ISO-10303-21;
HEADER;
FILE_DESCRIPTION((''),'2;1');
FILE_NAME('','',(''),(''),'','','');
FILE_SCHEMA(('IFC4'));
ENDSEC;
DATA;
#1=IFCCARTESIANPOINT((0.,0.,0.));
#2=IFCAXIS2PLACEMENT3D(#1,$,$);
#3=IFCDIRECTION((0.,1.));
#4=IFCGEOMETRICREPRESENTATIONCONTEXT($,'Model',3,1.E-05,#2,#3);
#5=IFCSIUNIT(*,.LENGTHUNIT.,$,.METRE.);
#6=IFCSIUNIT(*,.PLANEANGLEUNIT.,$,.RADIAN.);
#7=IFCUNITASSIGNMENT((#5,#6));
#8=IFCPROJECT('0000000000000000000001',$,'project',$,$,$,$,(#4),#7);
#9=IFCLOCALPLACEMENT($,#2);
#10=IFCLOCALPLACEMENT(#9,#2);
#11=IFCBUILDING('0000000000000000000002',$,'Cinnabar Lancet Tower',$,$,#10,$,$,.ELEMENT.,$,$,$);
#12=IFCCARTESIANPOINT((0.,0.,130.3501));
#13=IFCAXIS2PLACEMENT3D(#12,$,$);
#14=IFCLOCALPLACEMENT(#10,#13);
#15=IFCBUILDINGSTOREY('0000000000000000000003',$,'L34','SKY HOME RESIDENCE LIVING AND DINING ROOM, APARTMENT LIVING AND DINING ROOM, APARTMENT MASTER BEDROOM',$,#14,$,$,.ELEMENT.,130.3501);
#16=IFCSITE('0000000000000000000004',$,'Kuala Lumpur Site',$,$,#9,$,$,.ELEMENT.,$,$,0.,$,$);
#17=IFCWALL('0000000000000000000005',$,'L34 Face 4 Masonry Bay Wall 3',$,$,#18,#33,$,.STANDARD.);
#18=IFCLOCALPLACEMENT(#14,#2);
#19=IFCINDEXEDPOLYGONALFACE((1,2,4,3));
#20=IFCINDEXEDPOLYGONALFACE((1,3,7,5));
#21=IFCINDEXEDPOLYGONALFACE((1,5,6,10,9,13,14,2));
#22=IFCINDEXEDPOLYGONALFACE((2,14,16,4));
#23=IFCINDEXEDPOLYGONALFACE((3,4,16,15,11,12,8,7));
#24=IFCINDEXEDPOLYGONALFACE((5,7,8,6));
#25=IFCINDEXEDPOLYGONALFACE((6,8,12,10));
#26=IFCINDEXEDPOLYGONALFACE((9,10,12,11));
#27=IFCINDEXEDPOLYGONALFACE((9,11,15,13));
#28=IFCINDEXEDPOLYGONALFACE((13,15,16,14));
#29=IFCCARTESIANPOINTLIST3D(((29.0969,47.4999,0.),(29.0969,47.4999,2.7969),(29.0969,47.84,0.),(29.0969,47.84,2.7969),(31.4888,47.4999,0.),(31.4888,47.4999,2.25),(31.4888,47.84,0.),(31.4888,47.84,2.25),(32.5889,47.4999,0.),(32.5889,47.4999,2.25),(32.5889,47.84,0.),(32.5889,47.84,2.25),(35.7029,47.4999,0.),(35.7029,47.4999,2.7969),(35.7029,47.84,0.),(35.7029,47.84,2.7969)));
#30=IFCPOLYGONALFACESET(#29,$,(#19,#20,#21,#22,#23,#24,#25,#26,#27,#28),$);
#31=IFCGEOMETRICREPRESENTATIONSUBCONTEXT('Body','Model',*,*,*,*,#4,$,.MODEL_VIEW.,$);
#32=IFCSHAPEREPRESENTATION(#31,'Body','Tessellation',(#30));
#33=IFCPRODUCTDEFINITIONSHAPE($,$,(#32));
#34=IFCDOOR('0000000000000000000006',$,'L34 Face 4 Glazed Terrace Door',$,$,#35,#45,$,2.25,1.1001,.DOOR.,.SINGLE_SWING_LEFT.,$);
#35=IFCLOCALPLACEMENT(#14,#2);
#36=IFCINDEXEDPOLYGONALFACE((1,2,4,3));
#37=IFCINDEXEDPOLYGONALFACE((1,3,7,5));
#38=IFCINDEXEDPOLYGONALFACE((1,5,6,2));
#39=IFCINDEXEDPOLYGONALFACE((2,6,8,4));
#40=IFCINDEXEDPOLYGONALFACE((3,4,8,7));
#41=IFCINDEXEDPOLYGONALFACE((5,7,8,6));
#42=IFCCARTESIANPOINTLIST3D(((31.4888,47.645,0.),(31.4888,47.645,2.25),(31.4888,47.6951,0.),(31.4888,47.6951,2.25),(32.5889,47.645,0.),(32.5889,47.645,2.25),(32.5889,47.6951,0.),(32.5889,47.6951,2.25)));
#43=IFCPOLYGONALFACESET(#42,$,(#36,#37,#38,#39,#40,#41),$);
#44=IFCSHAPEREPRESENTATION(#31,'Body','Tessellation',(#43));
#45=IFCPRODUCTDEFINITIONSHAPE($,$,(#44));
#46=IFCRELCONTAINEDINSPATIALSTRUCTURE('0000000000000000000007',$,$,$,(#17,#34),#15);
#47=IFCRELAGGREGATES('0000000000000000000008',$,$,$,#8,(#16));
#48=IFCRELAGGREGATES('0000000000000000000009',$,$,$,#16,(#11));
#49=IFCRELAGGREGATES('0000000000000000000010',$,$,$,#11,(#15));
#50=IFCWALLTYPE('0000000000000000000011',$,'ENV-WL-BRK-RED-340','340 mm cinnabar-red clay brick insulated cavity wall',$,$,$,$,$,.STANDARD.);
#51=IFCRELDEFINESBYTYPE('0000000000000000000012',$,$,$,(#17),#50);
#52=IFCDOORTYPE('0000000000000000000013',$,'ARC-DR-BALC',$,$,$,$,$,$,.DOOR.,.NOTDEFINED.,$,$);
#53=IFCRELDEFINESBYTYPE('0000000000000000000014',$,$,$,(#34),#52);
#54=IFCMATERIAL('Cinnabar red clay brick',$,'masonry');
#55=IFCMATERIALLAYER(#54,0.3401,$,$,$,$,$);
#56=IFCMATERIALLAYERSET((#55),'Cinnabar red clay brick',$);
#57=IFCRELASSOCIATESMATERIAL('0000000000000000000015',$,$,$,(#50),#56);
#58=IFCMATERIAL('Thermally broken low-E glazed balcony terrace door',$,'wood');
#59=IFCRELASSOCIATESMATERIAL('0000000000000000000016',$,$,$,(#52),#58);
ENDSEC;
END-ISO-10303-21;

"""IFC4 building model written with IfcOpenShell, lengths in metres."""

from ifc_helpers import new_model, si_unit, direction, frame, frame_2d, origin, place, context, subcontext, project, spatial, rectangle, extrude, material, layer, layer_set, type_object, element, fill, save


model = new_model("IFC4")

# Units and contexts
model_context = context("Model", 3, precision=1e-05, world=origin(), true_north=direction((0.0, 1.0)))
body_context = subcontext(model_context, "Body", "Model", "MODEL_VIEW")
ifc_project = project(units=[si_unit("LENGTHUNIT", "METRE"), si_unit("PLANEANGLEUNIT", "RADIAN")], contexts=[model_context])

# Site, building, storey
site_placement = place(None, origin())
site = spatial("IfcSite", under=ifc_project, at=site_placement, Name="Kuala Lumpur Site", CompositionType="ELEMENT", RefElevation=0.0)
building_placement = place(site_placement, origin())
building = spatial("IfcBuilding", under=site, at=building_placement, Name="Cinnabar Lancet Tower", CompositionType="ELEMENT")
storey_placement = place(building_placement, frame((0.0, 0.0, 130.3501)))
storey = spatial("IfcBuildingStorey", under=building, at=storey_placement, Name="L34", Description="SKY HOME RESIDENCE LIVING AND DINING ROOM, APARTMENT LIVING AND DINING ROOM, APARTMENT MASTER BEDROOM", CompositionType="ELEMENT", Elevation=130.3501)

# Shared definitions
ifc_material_1 = material(Name="Cinnabar red clay brick", Category="masonry")
ifc_layer_1 = layer(ifc_material_1, 0.3401)
ifc_layer_set_1 = layer_set([ifc_layer_1], Name="Cinnabar red clay brick")
wall_type_1 = type_object("IfcWallType", Name="ENV-WL-BRK-RED-340", Description="340 mm cinnabar-red clay brick insulated cavity wall", PredefinedType="STANDARD", material=ifc_layer_set_1)

# Wall, opening, door
wall_1_placement = place(storey_placement, frame((35.7029, 47.6699, 0.0), z_axis=(0.0, 0.0, 1.0), x_axis=(-1.0, 0.0, 0.0)))
wall_1 = element("IfcWall", 1, at=wall_1_placement, inside=storey, type_object=wall_type_1, Name="L34 Face 4 Masonry Bay Wall 3", PredefinedType="STANDARD", context=body_context, shape_type="SweptSolid", body=[
    extrude(rectangle(XDim=6.606, YDim=0.3401, at=frame_2d((3.303, 0.0))), origin(), (0.0, 0.0, 1.0), 2.7969),
])
opening_1_placement = place(wall_1_placement, frame((3.114, 0.0, 0.0)))
opening_1 = element("IfcOpeningElement", 2, at=opening_1_placement, cuts=wall_1, PredefinedType="OPENING", context=body_context, shape_type="SweptSolid", body=[
    extrude(rectangle(XDim=1.1001, YDim=2.25, at=frame_2d((0.55, 1.125))), frame((0.0, 0.1799, 0.0), z_axis=(0.0, -1.0, 0.0), x_axis=(1.0, 0.0, 0.0)), (0.0, 0.0, 1.0), 0.3601),
])
ifc_material_2 = material(Name="Thermally broken low-E glazed balcony terrace door", Category="wood")
door_type_1 = type_object("IfcDoorType", Name="ARC-DR-BALC", OperationType="NOTDEFINED", PredefinedType="DOOR", material=ifc_material_2)
door_1_placement = place(opening_1_placement, origin())
door_1 = element("IfcDoor", 3, at=door_1_placement, inside=storey, type_object=door_type_1, Name="L34 Face 4 Glazed Terrace Door", OperationType="SINGLE_SWING_LEFT", OverallHeight=2.25, OverallWidth=1.1001, PredefinedType="DOOR", context=body_context, shape_type="SweptSolid", body=[
    extrude(rectangle(XDim=1.1001, YDim=2.25, at=frame_2d((0.55, 1.125))), frame((0.0, 0.0249, 0.0), z_axis=(0.0, -1.0, 0.0), x_axis=(1.0, 0.0, 0.0)), (0.0, 0.0, 1.0), 0.05),
])
fill(opening_1, door_1)

save(model, "model.ifc")
